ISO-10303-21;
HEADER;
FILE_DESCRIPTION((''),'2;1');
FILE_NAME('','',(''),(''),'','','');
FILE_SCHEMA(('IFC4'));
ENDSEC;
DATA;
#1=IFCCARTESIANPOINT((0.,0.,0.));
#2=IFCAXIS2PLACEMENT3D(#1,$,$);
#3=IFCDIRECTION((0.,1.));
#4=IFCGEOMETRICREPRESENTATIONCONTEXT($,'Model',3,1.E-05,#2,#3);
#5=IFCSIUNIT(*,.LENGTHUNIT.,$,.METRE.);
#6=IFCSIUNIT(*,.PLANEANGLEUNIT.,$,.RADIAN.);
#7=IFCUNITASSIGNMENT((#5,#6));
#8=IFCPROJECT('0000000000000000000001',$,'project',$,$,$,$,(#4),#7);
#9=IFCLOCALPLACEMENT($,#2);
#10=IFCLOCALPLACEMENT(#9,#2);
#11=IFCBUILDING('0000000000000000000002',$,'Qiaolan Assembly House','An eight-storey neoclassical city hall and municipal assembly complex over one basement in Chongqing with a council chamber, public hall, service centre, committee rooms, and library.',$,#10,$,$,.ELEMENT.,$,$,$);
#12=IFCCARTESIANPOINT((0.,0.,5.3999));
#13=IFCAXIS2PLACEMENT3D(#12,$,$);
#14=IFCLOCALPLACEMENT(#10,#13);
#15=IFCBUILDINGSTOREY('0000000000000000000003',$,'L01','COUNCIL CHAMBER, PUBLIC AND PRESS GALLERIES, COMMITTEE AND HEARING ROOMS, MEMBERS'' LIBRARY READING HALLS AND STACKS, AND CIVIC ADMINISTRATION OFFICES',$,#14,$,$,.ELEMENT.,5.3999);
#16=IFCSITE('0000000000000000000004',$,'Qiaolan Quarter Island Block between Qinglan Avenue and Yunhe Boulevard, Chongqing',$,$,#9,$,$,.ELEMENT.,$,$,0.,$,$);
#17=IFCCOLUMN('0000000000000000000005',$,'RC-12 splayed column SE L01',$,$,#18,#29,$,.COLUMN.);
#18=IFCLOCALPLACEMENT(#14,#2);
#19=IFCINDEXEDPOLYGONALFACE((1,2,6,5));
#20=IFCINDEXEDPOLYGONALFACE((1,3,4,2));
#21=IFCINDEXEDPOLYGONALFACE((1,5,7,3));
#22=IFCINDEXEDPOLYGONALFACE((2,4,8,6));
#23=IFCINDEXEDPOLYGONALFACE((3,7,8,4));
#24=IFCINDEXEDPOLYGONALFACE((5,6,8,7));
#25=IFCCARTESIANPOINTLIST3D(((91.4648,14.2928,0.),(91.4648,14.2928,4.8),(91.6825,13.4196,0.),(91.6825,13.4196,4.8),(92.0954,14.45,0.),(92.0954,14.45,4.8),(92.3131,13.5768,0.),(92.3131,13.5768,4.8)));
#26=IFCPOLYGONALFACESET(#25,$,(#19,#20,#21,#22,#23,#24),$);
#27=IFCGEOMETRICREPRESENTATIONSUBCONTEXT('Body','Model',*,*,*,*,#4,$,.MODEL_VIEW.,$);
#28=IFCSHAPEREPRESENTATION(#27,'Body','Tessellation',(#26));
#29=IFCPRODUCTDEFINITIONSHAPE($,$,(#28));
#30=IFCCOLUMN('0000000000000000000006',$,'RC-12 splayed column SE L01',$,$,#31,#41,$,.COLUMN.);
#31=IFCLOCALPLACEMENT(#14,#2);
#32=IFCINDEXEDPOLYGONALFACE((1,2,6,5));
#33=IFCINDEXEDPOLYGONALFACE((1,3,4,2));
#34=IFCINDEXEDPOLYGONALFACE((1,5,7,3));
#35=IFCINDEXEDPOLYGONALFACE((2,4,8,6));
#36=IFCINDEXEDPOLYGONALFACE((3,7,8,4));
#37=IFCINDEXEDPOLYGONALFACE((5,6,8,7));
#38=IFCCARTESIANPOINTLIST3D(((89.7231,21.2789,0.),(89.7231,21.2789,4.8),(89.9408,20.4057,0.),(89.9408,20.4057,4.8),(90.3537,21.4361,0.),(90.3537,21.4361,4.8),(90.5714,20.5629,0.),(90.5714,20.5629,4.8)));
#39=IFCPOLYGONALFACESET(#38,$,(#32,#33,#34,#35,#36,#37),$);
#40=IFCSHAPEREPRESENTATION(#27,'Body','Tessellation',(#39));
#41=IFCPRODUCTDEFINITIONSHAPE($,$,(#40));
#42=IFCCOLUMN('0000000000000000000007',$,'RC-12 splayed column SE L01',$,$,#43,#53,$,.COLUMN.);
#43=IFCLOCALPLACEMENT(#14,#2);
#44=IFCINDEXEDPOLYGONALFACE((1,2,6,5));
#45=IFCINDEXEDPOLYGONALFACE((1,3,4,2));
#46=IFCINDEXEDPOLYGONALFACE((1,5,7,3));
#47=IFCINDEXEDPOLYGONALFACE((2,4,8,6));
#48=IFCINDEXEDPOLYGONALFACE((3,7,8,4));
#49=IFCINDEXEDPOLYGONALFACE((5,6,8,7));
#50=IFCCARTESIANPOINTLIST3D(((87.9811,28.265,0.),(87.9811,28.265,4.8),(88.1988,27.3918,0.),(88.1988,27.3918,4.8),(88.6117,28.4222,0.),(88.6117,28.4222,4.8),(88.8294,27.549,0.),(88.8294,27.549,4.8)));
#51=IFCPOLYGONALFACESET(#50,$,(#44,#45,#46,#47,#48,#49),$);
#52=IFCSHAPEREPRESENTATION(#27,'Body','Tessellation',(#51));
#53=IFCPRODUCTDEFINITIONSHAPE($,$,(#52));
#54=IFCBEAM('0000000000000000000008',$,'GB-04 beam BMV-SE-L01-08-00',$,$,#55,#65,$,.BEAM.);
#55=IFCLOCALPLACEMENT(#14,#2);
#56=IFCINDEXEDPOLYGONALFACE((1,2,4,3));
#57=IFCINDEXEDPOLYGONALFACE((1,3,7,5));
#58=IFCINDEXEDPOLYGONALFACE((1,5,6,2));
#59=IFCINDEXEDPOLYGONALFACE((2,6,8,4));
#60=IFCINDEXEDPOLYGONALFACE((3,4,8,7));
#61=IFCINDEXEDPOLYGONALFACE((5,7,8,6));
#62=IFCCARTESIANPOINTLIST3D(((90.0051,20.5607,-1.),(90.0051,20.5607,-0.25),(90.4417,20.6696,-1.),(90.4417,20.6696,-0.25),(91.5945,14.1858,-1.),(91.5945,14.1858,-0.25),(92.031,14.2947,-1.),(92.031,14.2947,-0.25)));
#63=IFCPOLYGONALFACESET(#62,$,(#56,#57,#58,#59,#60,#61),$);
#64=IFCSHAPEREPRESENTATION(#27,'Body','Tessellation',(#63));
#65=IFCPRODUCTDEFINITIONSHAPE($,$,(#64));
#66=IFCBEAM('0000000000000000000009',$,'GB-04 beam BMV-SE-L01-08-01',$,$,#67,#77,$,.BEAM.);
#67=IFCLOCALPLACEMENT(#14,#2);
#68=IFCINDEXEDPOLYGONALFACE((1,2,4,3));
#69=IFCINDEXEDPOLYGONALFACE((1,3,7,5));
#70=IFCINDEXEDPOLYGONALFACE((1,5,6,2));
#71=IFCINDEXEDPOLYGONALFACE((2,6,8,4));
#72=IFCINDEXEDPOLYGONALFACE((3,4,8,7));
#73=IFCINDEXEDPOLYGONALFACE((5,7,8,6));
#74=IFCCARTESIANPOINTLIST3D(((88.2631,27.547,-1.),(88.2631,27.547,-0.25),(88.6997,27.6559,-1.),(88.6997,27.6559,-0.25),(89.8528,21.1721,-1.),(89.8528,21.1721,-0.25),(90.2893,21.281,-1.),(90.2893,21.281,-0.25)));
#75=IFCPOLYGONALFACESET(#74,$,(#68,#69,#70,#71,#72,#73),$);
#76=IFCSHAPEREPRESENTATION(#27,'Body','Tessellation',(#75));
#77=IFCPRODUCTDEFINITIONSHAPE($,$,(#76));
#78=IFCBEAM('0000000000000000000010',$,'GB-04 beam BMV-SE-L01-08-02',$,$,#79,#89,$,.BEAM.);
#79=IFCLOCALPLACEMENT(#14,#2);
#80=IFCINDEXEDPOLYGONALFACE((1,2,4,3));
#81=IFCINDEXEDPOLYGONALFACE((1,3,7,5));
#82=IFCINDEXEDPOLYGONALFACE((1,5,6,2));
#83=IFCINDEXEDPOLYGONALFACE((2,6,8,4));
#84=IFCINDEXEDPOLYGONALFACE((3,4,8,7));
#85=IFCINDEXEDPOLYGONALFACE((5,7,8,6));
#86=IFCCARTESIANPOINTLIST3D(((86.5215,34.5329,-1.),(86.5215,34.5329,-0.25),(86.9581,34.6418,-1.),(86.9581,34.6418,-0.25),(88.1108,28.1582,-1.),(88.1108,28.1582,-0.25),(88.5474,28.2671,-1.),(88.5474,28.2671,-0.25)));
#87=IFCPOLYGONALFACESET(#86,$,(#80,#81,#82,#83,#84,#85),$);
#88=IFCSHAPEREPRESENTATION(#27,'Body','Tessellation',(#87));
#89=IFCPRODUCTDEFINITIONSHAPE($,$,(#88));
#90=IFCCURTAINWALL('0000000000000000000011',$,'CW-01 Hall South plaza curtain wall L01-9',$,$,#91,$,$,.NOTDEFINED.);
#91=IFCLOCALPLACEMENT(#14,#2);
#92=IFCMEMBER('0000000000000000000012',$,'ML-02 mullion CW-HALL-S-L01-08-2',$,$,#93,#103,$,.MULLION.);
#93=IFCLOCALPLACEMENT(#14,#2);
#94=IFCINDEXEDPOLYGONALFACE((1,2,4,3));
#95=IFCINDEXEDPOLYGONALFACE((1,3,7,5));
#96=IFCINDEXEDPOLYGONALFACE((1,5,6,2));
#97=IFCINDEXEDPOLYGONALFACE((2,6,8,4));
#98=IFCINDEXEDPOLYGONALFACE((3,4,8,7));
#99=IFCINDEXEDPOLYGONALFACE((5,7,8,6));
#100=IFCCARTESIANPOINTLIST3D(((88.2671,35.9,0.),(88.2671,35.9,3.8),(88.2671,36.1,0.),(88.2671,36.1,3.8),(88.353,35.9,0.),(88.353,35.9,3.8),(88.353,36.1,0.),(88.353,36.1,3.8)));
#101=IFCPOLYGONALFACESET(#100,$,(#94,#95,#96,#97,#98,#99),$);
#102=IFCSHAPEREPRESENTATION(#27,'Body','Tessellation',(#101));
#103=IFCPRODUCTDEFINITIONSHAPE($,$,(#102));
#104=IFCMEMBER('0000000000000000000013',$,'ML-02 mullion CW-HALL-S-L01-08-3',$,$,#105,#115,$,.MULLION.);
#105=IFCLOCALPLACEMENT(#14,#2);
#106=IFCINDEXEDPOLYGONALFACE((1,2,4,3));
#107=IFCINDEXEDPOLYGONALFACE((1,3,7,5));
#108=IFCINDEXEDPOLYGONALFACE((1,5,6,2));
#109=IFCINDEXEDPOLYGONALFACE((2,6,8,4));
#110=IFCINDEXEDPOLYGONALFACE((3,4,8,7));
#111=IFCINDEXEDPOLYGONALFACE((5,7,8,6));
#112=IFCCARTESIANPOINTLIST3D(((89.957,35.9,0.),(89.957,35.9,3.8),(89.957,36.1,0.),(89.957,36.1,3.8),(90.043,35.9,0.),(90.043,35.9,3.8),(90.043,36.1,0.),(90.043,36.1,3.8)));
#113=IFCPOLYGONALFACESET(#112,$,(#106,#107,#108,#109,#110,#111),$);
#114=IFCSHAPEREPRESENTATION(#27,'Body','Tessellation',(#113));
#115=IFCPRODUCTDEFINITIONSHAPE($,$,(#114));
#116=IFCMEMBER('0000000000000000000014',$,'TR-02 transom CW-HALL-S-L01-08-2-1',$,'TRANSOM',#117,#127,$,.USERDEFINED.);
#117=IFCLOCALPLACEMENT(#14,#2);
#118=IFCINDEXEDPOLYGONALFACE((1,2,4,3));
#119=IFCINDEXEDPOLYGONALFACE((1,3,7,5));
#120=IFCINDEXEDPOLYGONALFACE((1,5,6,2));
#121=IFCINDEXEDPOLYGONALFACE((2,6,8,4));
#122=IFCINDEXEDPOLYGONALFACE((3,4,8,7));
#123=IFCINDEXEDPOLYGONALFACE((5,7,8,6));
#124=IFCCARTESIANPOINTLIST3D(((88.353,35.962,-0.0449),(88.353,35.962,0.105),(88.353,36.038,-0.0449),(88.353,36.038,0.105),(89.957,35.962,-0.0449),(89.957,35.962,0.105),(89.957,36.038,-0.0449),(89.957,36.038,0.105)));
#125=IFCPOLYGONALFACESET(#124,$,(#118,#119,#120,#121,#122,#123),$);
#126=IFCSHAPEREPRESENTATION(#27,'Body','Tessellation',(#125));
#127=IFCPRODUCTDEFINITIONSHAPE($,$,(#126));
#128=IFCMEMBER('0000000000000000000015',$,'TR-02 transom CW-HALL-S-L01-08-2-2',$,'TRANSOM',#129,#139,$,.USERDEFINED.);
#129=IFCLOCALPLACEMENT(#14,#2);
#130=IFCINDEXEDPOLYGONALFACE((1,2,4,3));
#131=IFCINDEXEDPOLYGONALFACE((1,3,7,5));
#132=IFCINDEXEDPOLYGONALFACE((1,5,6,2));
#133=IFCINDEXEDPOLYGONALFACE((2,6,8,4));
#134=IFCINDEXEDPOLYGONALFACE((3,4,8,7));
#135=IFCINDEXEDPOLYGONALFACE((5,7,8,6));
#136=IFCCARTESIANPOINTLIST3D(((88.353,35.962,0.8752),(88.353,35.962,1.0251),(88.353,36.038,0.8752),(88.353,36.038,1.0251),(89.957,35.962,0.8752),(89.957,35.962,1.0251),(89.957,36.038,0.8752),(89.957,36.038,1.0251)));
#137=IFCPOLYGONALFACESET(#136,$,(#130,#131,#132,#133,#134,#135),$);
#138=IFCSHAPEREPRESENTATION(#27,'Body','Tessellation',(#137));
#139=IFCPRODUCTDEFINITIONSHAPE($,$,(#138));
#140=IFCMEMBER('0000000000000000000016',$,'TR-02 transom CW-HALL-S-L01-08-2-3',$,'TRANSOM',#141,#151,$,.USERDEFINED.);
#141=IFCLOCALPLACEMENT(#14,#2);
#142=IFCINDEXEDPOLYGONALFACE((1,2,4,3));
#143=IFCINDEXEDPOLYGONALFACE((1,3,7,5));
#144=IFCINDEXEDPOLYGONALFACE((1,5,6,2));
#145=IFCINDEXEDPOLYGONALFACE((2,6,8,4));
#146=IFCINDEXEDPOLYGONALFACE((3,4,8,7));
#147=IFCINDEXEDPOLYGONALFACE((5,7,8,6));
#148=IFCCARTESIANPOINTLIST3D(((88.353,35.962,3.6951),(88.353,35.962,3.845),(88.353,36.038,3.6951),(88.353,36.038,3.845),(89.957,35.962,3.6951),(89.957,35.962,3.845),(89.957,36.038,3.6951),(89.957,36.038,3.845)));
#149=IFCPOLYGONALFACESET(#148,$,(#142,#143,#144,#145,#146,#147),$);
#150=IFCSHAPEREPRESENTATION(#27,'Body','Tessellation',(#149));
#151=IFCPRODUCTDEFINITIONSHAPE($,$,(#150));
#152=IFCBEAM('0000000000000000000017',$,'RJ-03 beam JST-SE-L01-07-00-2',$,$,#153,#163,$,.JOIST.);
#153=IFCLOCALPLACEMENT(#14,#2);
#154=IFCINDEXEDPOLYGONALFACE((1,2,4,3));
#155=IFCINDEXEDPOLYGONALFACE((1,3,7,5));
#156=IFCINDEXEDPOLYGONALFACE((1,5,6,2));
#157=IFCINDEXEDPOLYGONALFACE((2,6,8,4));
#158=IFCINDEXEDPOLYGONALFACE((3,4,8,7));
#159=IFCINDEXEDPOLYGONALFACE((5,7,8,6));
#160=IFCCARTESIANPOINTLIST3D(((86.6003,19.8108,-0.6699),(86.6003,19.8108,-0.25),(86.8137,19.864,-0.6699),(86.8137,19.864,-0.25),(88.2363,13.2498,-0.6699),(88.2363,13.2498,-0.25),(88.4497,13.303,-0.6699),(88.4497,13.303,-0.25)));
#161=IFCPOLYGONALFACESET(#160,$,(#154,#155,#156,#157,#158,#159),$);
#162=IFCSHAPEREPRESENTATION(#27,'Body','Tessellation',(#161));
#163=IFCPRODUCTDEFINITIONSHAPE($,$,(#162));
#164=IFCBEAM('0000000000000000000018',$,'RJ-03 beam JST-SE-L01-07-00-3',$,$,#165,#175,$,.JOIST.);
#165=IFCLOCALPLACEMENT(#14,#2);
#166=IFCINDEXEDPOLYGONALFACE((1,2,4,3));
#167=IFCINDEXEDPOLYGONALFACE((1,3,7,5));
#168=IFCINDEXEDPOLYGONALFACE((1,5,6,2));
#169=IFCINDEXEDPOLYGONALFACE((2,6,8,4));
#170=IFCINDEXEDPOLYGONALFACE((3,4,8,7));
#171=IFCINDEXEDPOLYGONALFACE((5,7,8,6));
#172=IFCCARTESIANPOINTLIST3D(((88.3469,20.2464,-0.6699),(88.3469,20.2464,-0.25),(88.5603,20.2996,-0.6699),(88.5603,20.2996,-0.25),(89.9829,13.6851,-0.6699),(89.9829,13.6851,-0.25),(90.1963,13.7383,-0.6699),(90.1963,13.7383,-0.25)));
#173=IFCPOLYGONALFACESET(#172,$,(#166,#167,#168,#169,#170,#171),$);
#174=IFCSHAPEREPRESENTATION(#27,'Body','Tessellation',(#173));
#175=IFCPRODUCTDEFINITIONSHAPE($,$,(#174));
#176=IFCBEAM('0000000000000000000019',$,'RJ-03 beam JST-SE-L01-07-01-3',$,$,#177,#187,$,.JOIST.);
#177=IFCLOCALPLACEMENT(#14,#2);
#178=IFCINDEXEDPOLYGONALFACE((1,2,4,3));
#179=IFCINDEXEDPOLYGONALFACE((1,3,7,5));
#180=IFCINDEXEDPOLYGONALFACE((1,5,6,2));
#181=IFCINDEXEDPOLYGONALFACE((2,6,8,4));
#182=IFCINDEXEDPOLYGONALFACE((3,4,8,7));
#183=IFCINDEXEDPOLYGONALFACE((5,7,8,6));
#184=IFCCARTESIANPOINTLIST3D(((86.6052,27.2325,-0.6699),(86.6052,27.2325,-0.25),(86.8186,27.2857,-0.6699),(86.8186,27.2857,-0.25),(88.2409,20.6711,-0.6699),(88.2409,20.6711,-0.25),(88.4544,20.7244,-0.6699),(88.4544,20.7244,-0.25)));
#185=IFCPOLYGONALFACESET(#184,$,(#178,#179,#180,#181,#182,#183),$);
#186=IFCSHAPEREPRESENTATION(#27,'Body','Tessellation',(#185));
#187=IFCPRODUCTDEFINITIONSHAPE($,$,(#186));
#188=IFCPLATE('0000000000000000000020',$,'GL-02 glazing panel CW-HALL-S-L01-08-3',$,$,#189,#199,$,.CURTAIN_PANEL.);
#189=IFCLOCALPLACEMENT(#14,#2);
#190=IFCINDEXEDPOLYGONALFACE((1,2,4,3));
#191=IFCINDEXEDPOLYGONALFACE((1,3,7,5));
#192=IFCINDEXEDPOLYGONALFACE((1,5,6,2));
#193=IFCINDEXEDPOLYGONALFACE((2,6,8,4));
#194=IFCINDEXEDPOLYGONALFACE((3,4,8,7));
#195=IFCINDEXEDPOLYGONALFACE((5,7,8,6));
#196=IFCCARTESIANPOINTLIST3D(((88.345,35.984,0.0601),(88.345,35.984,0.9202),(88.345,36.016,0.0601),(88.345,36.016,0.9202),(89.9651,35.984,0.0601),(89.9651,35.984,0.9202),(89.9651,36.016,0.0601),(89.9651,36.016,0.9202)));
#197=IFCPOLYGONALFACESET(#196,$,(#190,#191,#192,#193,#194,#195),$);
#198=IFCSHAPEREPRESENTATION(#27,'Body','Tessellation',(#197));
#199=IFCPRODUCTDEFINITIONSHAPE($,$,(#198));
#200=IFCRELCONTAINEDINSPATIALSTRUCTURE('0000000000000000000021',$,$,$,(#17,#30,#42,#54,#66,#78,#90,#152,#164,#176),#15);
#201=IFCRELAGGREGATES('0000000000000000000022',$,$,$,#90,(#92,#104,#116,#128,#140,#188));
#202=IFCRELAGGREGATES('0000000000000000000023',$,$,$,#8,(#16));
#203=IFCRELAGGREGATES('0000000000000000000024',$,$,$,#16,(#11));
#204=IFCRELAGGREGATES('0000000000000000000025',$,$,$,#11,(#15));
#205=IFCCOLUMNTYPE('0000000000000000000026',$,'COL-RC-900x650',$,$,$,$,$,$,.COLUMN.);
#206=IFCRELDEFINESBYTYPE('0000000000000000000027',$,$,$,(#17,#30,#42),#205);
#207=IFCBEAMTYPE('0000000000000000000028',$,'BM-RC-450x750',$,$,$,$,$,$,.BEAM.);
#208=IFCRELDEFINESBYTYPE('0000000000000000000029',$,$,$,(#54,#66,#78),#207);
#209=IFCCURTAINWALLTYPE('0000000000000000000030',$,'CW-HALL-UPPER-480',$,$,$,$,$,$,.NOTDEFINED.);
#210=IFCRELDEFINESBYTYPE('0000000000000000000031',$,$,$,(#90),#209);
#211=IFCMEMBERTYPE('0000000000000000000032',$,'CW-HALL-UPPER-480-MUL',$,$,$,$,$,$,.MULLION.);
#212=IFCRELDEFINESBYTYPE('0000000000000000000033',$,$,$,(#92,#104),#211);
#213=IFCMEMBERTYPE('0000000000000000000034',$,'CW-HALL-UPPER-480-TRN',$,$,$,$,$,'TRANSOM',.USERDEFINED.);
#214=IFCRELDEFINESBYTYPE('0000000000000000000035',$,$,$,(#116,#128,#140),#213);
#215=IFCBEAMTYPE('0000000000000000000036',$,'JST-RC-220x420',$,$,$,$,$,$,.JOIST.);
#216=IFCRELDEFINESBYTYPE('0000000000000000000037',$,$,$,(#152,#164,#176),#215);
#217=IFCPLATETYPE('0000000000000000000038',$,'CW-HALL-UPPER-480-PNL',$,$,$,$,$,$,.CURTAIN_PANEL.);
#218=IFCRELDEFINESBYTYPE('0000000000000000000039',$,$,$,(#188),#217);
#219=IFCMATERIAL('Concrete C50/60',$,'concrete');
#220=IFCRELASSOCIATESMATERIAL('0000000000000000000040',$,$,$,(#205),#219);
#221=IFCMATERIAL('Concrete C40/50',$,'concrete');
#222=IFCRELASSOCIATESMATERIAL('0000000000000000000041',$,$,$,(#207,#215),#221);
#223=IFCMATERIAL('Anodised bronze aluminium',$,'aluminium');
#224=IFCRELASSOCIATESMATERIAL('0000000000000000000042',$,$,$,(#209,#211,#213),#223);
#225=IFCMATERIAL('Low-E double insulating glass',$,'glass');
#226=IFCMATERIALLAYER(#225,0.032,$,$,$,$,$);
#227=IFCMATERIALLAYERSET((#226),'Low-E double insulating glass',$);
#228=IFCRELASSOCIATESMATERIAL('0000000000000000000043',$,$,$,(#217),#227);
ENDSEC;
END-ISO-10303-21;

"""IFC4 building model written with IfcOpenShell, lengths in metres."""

from ifc_helpers import new_model, si_unit, direction, frame, frame_2d, origin, origin_2d, place, context, subcontext, project, spatial, rectangle, extrude, material, layer, layer_set, material_profile, profile_set, type_object, element, aggregate, save


model = new_model("IFC4")

# Units and contexts
model_context = context("Model", 3, precision=1e-05, world=origin(), true_north=direction((0.0, 1.0)))
body_context = subcontext(model_context, "Body", "Model", "MODEL_VIEW")
ifc_project = project(units=[si_unit("LENGTHUNIT", "METRE"), si_unit("PLANEANGLEUNIT", "RADIAN")], contexts=[model_context])

# Site, building, storey
site_placement = place(None, origin())
site = spatial("IfcSite", under=ifc_project, at=site_placement, Name="Qiaolan Quarter Island Block between Qinglan Avenue and Yunhe Boulevard, Chongqing", CompositionType="ELEMENT", RefElevation=0.0)
building_placement = place(site_placement, origin())
building = spatial("IfcBuilding", under=site, at=building_placement, Name="Qiaolan Assembly House", Description="An eight-storey neoclassical city hall and municipal assembly complex over one basement in Chongqing with a council chamber, public hall, service centre, committee rooms, and library.", CompositionType="ELEMENT")
storey_placement = place(building_placement, frame((0.0, 0.0, 5.3999)))
storey = spatial("IfcBuildingStorey", under=building, at=storey_placement, Name="L01", Description="COUNCIL CHAMBER, PUBLIC AND PRESS GALLERIES, COMMITTEE AND HEARING ROOMS, MEMBERS' LIBRARY READING HALLS AND STACKS, AND CIVIC ADMINISTRATION OFFICES", CompositionType="ELEMENT", Elevation=5.3999)

# Columns
ifc_material_1 = material(Name="Concrete C50/60", Category="concrete")
ifc_material_profile_1 = material_profile(ifc_material_1, rectangle(XDim=0.6499, YDim=0.8999, at=origin_2d()), Name="RC 900x650")
ifc_profile_set_1 = profile_set([ifc_material_profile_1], Name="Concrete C50/60")
column_type = type_object("IfcColumnType", Name="COL-RC-900x650", PredefinedType="COLUMN", material=ifc_profile_set_1)
for number, where, z_axis, x_axis, name in (
    (1, (91.8889, 13.9348, 0.0), (0.0, 0.0, 1.0), (0.970296, 0.241922, 0.0), "RC-12 splayed column SE L01"),
    (2, (90.1472, 20.9209, 0.0), (0.0, 0.0, 1.0), (0.970296, 0.241922, 0.0), "RC-12 splayed column SE L01"),
    (3, (88.4053, 27.907, 0.0), (0.0, 0.0, 1.0), (0.970296, 0.241922, 0.0), "RC-12 splayed column SE L01"),
):
    element("IfcColumn", number, at=place(storey_placement, frame(where, z_axis=z_axis, x_axis=x_axis)), inside=storey, type_object=column_type, Name=name, PredefinedType="COLUMN", context=body_context, shape_type="SweptSolid", body=[
        extrude(rectangle(XDim=0.6499, YDim=0.8999, at=origin_2d()), origin(), (0.0, 0.0, 1.0), 4.8),
    ])

# Beams
ifc_material_2 = material(Name="Concrete C40/50", Category="concrete")
ifc_material_profile_2 = material_profile(ifc_material_2, rectangle(XDim=0.45, YDim=0.75, at=origin_2d()), Name="RCB 450x750")
ifc_profile_set_2 = profile_set([ifc_material_profile_2], Name="Concrete C40/50")
beam_type_1 = type_object("IfcBeamType", Name="BM-RC-450x750", PredefinedType="BEAM", material=ifc_profile_set_2)
for number, where, z_axis, x_axis, name in (
    (4, (91.8127, 14.2402, -0.625), (-0.241906, 0.9703, 0.0), (-0.9703, -0.241906, 0.0), "GB-04 beam BMV-SE-L01-08-00"),
    (5, (90.071, 21.2266, -0.625), (-0.24195, 0.970289, 0.0), (-0.970289, -0.24195, 0.0), "GB-04 beam BMV-SE-L01-08-01"),
):
    element("IfcBeam", number, at=place(storey_placement, frame(where, z_axis=z_axis, x_axis=x_axis)), inside=storey, type_object=beam_type_1, Name=name, PredefinedType="BEAM", context=body_context, shape_type="SweptSolid", body=[
        extrude(rectangle(XDim=0.45, YDim=0.75, at=origin_2d()), origin(), (0.0, 0.0, 1.0), 6.5701),
    ])
beam_1_placement = place(storey_placement, frame((88.3291, 28.2126, -0.625), z_axis=(-0.241915, 0.970298, 0.0), x_axis=(-0.970298, -0.241915, 0.0)))
element("IfcBeam", 6, at=beam_1_placement, inside=storey, type_object=beam_type_1, Name="GB-04 beam BMV-SE-L01-08-02", PredefinedType="BEAM", context=body_context, shape_type="SweptSolid", body=[
    extrude(rectangle(XDim=0.45, YDim=0.75, at=origin_2d()), origin(), (0.0, 0.0, 1.0), 6.5698),
])

# Curtain wall, members
ifc_material_3 = material(Name="Anodised bronze aluminium", Category="aluminium")
curtain_wall_type = type_object("IfcCurtainWallType", Name="CW-HALL-UPPER-480", PredefinedType="NOTDEFINED", material=ifc_material_3)
curtain_wall_placement = place(storey_placement, origin())
curtain_wall = element("IfcCurtainWall", 7, at=curtain_wall_placement, inside=storey, type_object=curtain_wall_type, Name="CW-01 Hall South plaza curtain wall L01-9", PredefinedType="NOTDEFINED")
ifc_material_profile_3 = material_profile(ifc_material_3, rectangle(XDim=0.0859, YDim=0.2, at=origin_2d()), Name="MUL 86x200")
ifc_profile_set_3 = profile_set([ifc_material_profile_3], Name="Anodised bronze aluminium")
member_type_1 = type_object("IfcMemberType", Name="CW-HALL-UPPER-480-MUL", PredefinedType="MULLION", material=ifc_profile_set_3)
member_1_placement = place(storey_placement, frame((88.3101, 36.0, 0.0), z_axis=(0.0, 0.0, 1.0), x_axis=(1.0, 0.0, 0.0)))
member_1 = element("IfcMember", 8, at=member_1_placement, type_object=member_type_1, Name="ML-02 mullion CW-HALL-S-L01-08-2", PredefinedType="MULLION", context=body_context, shape_type="SweptSolid", body=[
    extrude(rectangle(XDim=0.0859, YDim=0.2, at=origin_2d()), origin(), (0.0, 0.0, 1.0), 3.8),
])
member_2_placement = place(storey_placement, frame((90.0, 36.0, 0.0), z_axis=(0.0, 0.0, 1.0), x_axis=(1.0, 0.0, 0.0)))
member_2 = element("IfcMember", 9, at=member_2_placement, type_object=member_type_1, Name="ML-02 mullion CW-HALL-S-L01-08-3", PredefinedType="MULLION", context=body_context, shape_type="SweptSolid", body=[
    extrude(rectangle(XDim=0.0859, YDim=0.2, at=origin_2d()), origin(), (0.0, 0.0, 1.0), 3.8),
])
ifc_material_profile_4 = material_profile(ifc_material_3, rectangle(XDim=0.0759, YDim=0.1499, at=origin_2d()), Name="TRN 76x150")
ifc_profile_set_4 = profile_set([ifc_material_profile_4], Name="Anodised bronze aluminium")
member_type_2 = type_object("IfcMemberType", Name="CW-HALL-UPPER-480-TRN", ElementType="TRANSOM", PredefinedType="USERDEFINED", material=ifc_profile_set_4)
member_3_placement = place(storey_placement, frame((88.353, 36.0, 0.03), z_axis=(1.0, 0.0, 0.0), x_axis=(0.0, 1.0, 0.0)))
member_3 = element("IfcMember", 10, at=member_3_placement, type_object=member_type_2, Name="TR-02 transom CW-HALL-S-L01-08-2-1", ObjectType="TRANSOM", PredefinedType="USERDEFINED", context=body_context, shape_type="SweptSolid", body=[
    extrude(rectangle(XDim=0.0759, YDim=0.1499, at=origin_2d()), origin(), (0.0, 0.0, 1.0), 1.604),
])
member_4_placement = place(storey_placement, frame((88.353, 36.0, 0.9502), z_axis=(1.0, 0.0, 0.0), x_axis=(0.0, 1.0, 0.0)))
member_4 = element("IfcMember", 11, at=member_4_placement, type_object=member_type_2, Name="TR-02 transom CW-HALL-S-L01-08-2-2", ObjectType="TRANSOM", PredefinedType="USERDEFINED", context=body_context, shape_type="SweptSolid", body=[
    extrude(rectangle(XDim=0.0759, YDim=0.1499, at=origin_2d()), origin(), (0.0, 0.0, 1.0), 1.604),
])
member_5_placement = place(storey_placement, frame((88.353, 36.0, 3.77), z_axis=(1.0, 0.0, 0.0), x_axis=(0.0, 1.0, 0.0)))
member_5 = element("IfcMember", 12, at=member_5_placement, type_object=member_type_2, Name="TR-02 transom CW-HALL-S-L01-08-2-3", ObjectType="TRANSOM", PredefinedType="USERDEFINED", context=body_context, shape_type="SweptSolid", body=[
    extrude(rectangle(XDim=0.0759, YDim=0.1499, at=origin_2d()), origin(), (0.0, 0.0, 1.0), 1.604),
])

# Beams
ifc_material_profile_5 = material_profile(ifc_material_2, rectangle(XDim=0.22, YDim=0.4199, at=origin_2d()), Name="RCB 220x420")
ifc_profile_set_5 = profile_set([ifc_material_profile_5], Name="Concrete C40/50")
beam_type_2 = type_object("IfcBeamType", Name="JST-RC-220x420", PredefinedType="JOIST", material=ifc_profile_set_5)
beam_2_placement = place(storey_placement, frame((88.343, 13.2764, -0.46), z_axis=(-0.241941, 0.970291, 0.0), x_axis=(-0.970291, -0.241941, 0.0)))
element("IfcBeam", 13, at=beam_2_placement, inside=storey, type_object=beam_type_2, Name="RJ-03 beam JST-SE-L01-07-00-2", PredefinedType="JOIST", context=body_context, shape_type="SweptSolid", body=[
    extrude(rectangle(XDim=0.22, YDim=0.4199, at=origin_2d()), origin(), (0.0, 0.0, 1.0), 6.762),
])
for number, where, z_axis, x_axis, name in (
    (14, (90.0896, 13.7117, -0.46), (-0.241932, 0.970293, 0.0), (-0.970293, -0.241932, 0.0), "RJ-03 beam JST-SE-L01-07-00-3"),
    (15, (88.3477, 20.6978, -0.46), (-0.241898, 0.970302, 0.0), (-0.970302, -0.241898, 0.0), "RJ-03 beam JST-SE-L01-07-01-3"),
):
    element("IfcBeam", number, at=place(storey_placement, frame(where, z_axis=z_axis, x_axis=x_axis)), inside=storey, type_object=beam_type_2, Name=name, PredefinedType="JOIST", context=body_context, shape_type="SweptSolid", body=[
        extrude(rectangle(XDim=0.22, YDim=0.4199, at=origin_2d()), origin(), (0.0, 0.0, 1.0), 6.7622),
    ])

# Plate
ifc_material_4 = material(Name="Low-E double insulating glass", Category="glass")
ifc_layer_1 = layer(ifc_material_4, 0.032)
ifc_layer_set_1 = layer_set([ifc_layer_1], Name="Low-E double insulating glass")
plate_type_1 = type_object("IfcPlateType", Name="CW-HALL-UPPER-480-PNL", PredefinedType="CURTAIN_PANEL", material=ifc_layer_set_1)
plate_1_placement = place(storey_placement, frame((88.345, 36.0, 0.0601), z_axis=(0.0, 0.0, 1.0), x_axis=(1.0, 0.0, 0.0)))
plate_1 = element("IfcPlate", 16, at=plate_1_placement, type_object=plate_type_1, Name="GL-02 glazing panel CW-HALL-S-L01-08-3", PredefinedType="CURTAIN_PANEL", context=body_context, shape_type="SweptSolid", body=[
    extrude(rectangle(XDim=1.6201, YDim=0.032, at=frame_2d((0.8101, 0.0))), origin(), (0.0, 0.0, 1.0), 0.8601),
])
aggregate(curtain_wall, [member_1, member_2, member_3, member_4, member_5, plate_1])

save(model, "model.ifc")
